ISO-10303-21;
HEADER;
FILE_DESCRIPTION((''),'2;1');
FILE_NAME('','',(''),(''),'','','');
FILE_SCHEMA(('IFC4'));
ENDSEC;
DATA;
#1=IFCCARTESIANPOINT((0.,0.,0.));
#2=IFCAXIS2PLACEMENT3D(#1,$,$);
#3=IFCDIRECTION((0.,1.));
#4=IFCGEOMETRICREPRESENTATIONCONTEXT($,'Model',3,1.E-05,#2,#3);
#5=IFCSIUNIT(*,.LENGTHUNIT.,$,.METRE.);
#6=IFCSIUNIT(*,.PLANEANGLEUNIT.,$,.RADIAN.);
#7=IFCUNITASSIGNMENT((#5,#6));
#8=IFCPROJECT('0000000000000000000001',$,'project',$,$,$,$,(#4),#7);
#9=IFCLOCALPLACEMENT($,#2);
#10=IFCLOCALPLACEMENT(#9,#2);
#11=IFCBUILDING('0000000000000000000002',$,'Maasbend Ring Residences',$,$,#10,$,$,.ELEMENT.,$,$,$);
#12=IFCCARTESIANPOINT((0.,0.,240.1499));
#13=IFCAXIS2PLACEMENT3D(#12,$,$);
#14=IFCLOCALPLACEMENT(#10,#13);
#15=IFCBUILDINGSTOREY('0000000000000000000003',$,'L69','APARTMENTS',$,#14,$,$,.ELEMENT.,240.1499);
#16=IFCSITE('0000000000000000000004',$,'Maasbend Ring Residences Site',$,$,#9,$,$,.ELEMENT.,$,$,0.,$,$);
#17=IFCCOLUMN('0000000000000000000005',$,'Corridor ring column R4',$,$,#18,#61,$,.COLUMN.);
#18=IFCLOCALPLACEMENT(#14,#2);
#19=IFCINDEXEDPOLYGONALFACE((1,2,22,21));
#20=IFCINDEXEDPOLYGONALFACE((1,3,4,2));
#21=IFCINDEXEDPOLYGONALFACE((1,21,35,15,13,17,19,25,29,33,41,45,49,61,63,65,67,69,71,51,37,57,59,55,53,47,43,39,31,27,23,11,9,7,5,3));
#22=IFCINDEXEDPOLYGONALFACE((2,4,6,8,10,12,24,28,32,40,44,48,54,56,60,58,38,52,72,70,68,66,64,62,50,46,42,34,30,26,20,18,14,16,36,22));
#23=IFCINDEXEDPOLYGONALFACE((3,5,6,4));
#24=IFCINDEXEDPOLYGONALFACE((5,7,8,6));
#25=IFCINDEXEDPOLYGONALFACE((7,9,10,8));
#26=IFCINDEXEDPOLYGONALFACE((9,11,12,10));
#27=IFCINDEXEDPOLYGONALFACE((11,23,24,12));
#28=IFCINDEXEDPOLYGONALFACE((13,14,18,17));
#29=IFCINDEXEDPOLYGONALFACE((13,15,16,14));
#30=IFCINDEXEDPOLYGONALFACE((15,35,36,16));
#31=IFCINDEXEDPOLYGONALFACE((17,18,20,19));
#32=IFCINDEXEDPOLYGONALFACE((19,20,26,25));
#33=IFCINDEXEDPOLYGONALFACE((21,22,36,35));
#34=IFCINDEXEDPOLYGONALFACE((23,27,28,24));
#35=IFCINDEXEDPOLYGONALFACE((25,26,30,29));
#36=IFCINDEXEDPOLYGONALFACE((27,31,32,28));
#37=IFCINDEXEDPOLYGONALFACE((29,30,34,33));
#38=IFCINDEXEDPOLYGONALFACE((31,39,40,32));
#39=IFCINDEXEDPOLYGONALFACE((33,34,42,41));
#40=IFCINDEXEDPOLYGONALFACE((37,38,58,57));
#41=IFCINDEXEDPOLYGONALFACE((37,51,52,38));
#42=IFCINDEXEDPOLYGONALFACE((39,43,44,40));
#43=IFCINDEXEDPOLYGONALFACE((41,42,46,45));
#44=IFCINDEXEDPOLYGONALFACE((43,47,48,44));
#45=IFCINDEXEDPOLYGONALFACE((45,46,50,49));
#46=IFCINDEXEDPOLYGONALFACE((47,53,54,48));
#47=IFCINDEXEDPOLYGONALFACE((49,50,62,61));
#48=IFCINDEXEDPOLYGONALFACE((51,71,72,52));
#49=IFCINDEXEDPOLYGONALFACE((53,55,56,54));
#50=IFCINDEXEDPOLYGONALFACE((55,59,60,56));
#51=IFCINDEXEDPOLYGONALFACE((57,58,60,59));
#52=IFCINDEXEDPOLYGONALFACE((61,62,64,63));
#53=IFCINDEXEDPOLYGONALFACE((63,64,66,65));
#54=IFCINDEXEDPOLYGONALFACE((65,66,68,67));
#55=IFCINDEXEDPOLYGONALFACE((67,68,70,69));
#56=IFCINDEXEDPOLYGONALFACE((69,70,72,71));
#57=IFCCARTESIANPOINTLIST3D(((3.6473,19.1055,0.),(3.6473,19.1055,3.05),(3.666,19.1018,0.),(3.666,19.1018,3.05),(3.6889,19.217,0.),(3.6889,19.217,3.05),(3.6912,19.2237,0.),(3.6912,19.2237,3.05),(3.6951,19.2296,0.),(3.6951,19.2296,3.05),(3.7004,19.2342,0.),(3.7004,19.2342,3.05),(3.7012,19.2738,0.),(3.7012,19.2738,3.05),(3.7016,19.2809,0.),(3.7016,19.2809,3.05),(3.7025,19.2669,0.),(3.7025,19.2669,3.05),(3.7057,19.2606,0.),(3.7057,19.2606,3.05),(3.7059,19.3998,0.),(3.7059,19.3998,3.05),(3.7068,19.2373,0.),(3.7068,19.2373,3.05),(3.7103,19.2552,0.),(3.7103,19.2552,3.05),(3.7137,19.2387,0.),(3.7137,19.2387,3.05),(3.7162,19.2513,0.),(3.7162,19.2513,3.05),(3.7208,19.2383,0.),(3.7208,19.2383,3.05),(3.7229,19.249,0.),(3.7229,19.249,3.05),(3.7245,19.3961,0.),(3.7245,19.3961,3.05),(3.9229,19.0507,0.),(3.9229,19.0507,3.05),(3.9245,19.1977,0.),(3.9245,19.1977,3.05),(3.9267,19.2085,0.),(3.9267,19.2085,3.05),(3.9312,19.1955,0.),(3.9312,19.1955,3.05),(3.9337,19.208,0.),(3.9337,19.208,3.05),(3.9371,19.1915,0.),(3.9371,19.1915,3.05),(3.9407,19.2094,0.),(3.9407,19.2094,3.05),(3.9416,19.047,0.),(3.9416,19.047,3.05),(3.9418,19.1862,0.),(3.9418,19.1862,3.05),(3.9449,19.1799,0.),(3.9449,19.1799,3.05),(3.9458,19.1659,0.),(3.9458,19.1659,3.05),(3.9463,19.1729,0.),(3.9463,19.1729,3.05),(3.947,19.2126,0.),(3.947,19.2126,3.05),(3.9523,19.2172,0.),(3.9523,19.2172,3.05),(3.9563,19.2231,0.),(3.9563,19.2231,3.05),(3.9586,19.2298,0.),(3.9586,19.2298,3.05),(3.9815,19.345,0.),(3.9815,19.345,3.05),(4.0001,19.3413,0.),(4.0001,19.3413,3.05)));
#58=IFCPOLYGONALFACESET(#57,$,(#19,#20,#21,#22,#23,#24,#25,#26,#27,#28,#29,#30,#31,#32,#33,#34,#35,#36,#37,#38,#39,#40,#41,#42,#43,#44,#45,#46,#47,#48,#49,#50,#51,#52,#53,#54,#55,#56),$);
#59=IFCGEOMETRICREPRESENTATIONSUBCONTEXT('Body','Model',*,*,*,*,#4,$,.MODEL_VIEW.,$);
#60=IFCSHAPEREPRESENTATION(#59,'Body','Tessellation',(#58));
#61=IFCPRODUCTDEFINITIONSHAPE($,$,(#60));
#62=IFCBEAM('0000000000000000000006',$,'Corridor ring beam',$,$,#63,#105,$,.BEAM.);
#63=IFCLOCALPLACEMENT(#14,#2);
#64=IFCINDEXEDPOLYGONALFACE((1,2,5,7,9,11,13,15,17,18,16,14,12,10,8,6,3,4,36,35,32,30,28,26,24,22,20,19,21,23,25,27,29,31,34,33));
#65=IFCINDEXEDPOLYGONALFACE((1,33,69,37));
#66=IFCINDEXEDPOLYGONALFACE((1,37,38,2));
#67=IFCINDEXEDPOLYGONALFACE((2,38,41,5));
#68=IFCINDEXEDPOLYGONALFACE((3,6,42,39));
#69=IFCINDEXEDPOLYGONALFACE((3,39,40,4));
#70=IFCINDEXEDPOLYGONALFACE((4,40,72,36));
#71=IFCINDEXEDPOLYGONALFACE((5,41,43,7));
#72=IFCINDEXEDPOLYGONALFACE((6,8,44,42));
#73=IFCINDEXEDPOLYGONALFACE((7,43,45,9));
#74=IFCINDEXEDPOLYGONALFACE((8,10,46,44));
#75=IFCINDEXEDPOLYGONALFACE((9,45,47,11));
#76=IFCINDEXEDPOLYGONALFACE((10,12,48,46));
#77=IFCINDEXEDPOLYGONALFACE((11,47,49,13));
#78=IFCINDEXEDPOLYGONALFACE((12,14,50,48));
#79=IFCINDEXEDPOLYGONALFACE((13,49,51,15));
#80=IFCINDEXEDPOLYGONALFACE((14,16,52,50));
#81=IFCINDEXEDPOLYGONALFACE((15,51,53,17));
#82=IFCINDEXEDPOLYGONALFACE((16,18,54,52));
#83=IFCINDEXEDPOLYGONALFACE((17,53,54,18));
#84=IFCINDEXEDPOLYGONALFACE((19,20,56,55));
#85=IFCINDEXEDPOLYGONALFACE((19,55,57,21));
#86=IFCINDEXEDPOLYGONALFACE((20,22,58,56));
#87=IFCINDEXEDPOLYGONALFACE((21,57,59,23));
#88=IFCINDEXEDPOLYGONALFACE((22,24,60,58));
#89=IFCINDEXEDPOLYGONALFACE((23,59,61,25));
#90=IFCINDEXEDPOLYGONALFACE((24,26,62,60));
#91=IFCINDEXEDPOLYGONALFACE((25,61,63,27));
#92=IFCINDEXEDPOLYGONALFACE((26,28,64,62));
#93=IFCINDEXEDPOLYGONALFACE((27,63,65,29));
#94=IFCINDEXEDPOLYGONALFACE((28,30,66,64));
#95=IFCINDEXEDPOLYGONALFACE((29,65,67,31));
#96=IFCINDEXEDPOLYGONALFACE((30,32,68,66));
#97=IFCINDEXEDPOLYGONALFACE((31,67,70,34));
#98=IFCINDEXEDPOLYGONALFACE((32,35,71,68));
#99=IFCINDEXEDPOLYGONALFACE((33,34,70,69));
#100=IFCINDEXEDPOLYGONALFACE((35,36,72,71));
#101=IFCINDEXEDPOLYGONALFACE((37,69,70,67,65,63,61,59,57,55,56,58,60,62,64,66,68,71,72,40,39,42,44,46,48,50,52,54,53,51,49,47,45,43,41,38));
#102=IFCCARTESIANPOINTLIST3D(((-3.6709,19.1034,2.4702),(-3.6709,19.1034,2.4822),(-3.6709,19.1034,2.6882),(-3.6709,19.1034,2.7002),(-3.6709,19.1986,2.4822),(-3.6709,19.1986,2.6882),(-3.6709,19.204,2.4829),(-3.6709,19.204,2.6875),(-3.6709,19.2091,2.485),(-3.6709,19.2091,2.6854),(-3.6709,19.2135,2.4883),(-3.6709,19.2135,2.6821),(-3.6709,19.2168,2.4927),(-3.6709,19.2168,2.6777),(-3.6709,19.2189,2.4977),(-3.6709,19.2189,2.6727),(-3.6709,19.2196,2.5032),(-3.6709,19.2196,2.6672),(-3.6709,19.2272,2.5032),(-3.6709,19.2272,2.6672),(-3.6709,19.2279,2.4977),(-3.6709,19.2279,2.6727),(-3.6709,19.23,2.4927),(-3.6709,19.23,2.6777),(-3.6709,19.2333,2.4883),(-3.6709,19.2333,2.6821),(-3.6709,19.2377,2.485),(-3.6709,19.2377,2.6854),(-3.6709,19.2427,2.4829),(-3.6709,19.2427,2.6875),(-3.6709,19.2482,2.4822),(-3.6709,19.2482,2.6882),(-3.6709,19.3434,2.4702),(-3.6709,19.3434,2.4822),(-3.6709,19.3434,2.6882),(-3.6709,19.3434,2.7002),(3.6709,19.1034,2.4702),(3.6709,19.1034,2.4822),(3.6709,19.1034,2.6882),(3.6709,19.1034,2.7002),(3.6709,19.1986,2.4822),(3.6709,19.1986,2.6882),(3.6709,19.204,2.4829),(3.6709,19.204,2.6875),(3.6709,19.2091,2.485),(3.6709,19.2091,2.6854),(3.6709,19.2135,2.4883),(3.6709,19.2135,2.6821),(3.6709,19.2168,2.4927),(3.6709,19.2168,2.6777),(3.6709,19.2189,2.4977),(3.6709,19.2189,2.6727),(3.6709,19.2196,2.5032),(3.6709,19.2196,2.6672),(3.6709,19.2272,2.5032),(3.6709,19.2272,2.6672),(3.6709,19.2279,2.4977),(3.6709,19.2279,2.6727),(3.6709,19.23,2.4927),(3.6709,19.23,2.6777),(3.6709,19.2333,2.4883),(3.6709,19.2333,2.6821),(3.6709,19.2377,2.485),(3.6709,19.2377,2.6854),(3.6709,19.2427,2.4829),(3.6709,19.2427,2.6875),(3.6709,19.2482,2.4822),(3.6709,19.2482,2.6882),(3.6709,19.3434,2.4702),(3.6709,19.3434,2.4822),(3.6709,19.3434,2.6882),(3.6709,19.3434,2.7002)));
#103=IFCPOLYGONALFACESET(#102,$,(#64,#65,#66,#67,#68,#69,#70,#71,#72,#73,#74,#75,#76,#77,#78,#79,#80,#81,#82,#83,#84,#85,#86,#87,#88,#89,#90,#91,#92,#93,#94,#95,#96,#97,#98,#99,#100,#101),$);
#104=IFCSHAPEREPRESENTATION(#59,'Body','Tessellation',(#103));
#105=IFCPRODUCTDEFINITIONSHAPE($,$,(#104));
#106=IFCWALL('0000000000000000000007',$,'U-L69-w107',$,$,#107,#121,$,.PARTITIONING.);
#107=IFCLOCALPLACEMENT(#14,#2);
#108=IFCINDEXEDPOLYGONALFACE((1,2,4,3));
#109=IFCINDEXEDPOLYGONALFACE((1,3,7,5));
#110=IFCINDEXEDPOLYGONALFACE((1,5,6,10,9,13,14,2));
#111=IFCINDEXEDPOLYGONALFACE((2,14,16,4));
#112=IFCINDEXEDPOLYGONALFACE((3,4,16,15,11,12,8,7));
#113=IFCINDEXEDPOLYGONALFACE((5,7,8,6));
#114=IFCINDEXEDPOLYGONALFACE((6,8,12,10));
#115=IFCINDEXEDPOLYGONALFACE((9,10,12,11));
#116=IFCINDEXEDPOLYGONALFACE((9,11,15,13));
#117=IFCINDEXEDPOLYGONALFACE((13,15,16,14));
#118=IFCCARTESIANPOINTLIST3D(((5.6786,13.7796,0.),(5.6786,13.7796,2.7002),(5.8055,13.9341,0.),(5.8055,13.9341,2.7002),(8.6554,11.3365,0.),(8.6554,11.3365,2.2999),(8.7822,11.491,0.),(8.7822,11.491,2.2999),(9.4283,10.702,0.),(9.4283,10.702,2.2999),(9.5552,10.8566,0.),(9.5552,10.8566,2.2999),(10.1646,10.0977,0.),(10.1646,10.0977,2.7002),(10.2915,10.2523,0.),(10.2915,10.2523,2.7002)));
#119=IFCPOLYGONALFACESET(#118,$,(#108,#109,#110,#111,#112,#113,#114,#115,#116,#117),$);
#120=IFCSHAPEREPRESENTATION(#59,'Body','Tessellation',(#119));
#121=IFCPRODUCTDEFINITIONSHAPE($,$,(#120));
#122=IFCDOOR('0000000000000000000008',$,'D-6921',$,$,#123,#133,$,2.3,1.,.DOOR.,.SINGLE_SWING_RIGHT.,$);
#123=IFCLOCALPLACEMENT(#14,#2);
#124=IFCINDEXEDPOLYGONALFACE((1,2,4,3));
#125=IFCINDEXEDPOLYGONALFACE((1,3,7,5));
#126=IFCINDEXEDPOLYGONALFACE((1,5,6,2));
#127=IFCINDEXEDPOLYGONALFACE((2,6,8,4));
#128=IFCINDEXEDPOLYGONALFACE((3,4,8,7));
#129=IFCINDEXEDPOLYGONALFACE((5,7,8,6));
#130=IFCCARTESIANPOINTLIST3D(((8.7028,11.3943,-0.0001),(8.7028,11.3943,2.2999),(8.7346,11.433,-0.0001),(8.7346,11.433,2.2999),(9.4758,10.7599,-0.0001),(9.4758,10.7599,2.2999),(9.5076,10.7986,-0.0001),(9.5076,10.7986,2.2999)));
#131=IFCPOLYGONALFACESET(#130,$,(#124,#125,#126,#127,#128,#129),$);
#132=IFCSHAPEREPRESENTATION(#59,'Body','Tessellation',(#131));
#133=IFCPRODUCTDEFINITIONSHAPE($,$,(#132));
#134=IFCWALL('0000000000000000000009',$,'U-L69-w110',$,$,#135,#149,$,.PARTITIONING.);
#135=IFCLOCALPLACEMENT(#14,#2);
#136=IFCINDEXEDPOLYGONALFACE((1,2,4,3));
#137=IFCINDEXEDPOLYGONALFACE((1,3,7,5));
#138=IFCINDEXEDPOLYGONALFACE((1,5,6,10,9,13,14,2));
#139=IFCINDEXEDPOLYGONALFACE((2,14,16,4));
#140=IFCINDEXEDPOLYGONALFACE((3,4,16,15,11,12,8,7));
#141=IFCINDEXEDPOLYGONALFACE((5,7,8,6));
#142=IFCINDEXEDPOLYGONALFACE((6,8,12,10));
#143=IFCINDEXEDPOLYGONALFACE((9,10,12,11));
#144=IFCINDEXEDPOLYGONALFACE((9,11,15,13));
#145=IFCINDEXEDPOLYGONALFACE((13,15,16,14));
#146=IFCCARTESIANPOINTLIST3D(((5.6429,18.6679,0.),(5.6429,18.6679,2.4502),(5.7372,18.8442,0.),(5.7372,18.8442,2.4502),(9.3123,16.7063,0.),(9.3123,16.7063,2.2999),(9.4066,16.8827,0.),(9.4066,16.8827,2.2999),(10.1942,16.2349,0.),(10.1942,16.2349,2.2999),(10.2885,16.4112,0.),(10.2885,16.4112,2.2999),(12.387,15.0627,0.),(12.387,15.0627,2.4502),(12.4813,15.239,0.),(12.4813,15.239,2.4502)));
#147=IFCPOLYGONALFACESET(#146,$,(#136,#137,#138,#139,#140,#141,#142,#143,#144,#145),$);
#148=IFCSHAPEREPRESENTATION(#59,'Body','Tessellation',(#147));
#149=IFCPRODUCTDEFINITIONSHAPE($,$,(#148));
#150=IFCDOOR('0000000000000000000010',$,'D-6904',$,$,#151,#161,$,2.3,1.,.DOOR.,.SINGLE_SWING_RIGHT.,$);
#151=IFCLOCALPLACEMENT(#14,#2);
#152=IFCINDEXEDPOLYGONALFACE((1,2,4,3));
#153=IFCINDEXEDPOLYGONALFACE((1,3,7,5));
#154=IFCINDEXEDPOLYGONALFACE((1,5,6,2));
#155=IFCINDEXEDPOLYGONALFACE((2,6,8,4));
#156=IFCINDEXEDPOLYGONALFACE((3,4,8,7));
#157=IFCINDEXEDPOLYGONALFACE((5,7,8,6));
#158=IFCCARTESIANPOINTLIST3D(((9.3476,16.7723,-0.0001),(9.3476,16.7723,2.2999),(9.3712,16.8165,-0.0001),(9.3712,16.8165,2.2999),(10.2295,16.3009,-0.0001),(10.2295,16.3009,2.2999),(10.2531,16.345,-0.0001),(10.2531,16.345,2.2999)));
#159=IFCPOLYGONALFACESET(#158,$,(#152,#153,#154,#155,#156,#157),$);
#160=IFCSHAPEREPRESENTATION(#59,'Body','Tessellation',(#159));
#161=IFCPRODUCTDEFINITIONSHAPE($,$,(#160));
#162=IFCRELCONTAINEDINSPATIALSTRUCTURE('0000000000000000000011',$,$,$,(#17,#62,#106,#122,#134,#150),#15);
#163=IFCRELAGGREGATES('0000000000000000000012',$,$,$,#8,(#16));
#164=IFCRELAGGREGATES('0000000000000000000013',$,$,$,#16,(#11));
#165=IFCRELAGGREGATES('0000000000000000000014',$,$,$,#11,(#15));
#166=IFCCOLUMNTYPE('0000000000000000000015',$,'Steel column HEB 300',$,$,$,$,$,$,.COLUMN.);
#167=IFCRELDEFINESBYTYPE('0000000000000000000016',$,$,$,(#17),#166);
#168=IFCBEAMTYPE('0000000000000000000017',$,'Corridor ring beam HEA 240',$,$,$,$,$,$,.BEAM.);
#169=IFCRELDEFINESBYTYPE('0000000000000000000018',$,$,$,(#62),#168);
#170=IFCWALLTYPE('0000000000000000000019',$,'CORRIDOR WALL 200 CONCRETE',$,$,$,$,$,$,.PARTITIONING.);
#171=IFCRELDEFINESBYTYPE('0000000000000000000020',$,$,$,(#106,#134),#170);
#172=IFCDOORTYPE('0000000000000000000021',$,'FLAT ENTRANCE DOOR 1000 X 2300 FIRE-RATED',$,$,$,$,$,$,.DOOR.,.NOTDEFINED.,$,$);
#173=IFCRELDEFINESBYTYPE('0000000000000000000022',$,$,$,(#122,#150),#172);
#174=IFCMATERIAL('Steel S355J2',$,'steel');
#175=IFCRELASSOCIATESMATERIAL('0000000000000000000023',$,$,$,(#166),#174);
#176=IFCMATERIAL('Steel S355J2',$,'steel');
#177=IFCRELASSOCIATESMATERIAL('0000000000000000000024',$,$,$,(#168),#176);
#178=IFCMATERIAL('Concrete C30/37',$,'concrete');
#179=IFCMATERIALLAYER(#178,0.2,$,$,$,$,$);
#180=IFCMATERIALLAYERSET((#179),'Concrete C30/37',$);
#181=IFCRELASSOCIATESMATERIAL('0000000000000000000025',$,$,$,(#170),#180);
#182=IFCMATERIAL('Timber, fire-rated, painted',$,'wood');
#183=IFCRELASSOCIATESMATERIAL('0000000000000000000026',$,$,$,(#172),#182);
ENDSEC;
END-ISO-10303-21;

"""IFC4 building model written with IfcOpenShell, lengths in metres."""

from ifc_helpers import new_model, si_unit, direction, frame, frame_2d, origin, origin_2d, place, context, subcontext, project, spatial, rectangle, i_section, extrude, material, layer, layer_set, material_profile, profile_set, type_object, element, fill, save


model = new_model("IFC4")

# Units and contexts
model_context = context("Model", 3, precision=1e-05, world=origin(), true_north=direction((0.0, 1.0)))
body_context = subcontext(model_context, "Body", "Model", "MODEL_VIEW")
ifc_project = project(units=[si_unit("LENGTHUNIT", "METRE"), si_unit("PLANEANGLEUNIT", "RADIAN")], contexts=[model_context])

# Site, building, storey
site_placement = place(None, origin())
site = spatial("IfcSite", under=ifc_project, at=site_placement, Name="Maasbend Ring Residences Site", CompositionType="ELEMENT", RefElevation=0.0)
building_placement = place(site_placement, origin())
building = spatial("IfcBuilding", under=site, at=building_placement, Name="Maasbend Ring Residences", CompositionType="ELEMENT")
storey_placement = place(building_placement, frame((0.0, 0.0, 240.1499)))
storey = spatial("IfcBuildingStorey", under=building, at=storey_placement, Name="L69", Description="APARTMENTS", CompositionType="ELEMENT", Elevation=240.1499)

# Column
ifc_material_1 = material(Name="Steel S355J2", Category="steel")
ifc_material_profile_1 = material_profile(ifc_material_1, i_section(OverallWidth=0.3, OverallDepth=0.3, WebThickness=0.011, FlangeThickness=0.019, FilletRadius=0.0271, at=origin_2d()), Name="HEB 300")
ifc_profile_set_1 = profile_set([ifc_material_profile_1], Name="Steel S355J2")
column_type = type_object("IfcColumnType", Name="Steel column HEB 300", PredefinedType="COLUMN", material=ifc_profile_set_1)
column_placement = place(storey_placement, frame((3.8237, 19.2234, 0.0), z_axis=(0.0, 0.0, 1.0), x_axis=(0.19509, 0.980785, 0.0)))
element("IfcColumn", 1, at=column_placement, inside=storey, type_object=column_type, Name="Corridor ring column R4", PredefinedType="COLUMN", context=body_context, shape_type="SweptSolid", body=[
    extrude(i_section(OverallWidth=0.3, OverallDepth=0.3, WebThickness=0.011, FlangeThickness=0.019, FilletRadius=0.0271, at=origin_2d()), origin(), (0.0, 0.0, 1.0), 3.05),
])

# Beam
ifc_material_2 = material(Name="Steel S355J2", Category="steel")
ifc_material_profile_2 = material_profile(ifc_material_2, i_section(OverallWidth=0.24, OverallDepth=0.23, WebThickness=0.0076, FlangeThickness=0.012, FilletRadius=0.021, at=origin_2d()), Name="HEA 240")
ifc_profile_set_2 = profile_set([ifc_material_profile_2], Name="Steel S355J2")
beam_type = type_object("IfcBeamType", Name="Corridor ring beam HEA 240", PredefinedType="BEAM", material=ifc_profile_set_2)
beam_placement = place(storey_placement, frame((3.6709, 19.2234, 2.5852), z_axis=(-1.0, 0.0, 0.0), x_axis=(0.0, -1.0, 0.0)))
element("IfcBeam", 2, at=beam_placement, inside=storey, type_object=beam_type, Name="Corridor ring beam", PredefinedType="BEAM", context=body_context, shape_type="SweptSolid", body=[
    extrude(i_section(OverallWidth=0.24, OverallDepth=0.23, WebThickness=0.0076, FlangeThickness=0.012, FilletRadius=0.021, at=origin_2d()), origin(), (0.0, 0.0, 1.0), 7.3418),
])

# Walls, openings, doors
ifc_material_3 = material(Name="Concrete C30/37", Category="concrete")
ifc_layer_1 = layer(ifc_material_3, 0.2)
ifc_layer_set_1 = layer_set([ifc_layer_1], Name="Concrete C30/37")
wall_type_1 = type_object("IfcWallType", Name="CORRIDOR WALL 200 CONCRETE", PredefinedType="PARTITIONING", material=ifc_layer_set_1)
wall_1_placement = place(storey_placement, frame((5.7419, 13.8569, 0.0), z_axis=(0.0, 0.0, 1.0), x_axis=(0.772989, -0.634419, 0.0)))
wall_1 = element("IfcWall", 3, at=wall_1_placement, inside=storey, type_object=wall_type_1, Name="U-L69-w107", PredefinedType="PARTITIONING", context=body_context, shape_type="SweptSolid", body=[
    extrude(rectangle(XDim=5.8035, YDim=0.2, at=frame_2d((2.9019, 0.0))), origin(), (0.0, 0.0, 1.0), 2.7002),
])
opening_1_placement = place(wall_1_placement, frame((3.8511, 0.0, 0.0)))
opening_1 = element("IfcOpeningElement", 4, at=opening_1_placement, cuts=wall_1, PredefinedType="OPENING", context=body_context, shape_type="SweptSolid", body=[
    extrude(rectangle(XDim=1.0, YDim=2.3, at=frame_2d((0.5, 1.1499))), frame((0.0, 0.1099, 0.0), z_axis=(0.0, -1.0, 0.0), x_axis=(1.0, 0.0, 0.0)), (0.0, 0.0, 1.0), 0.22),
])
ifc_material_4 = material(Name="Timber, fire-rated, painted", Category="wood")
door_type_1 = type_object("IfcDoorType", Name="FLAT ENTRANCE DOOR 1000 X 2300 FIRE-RATED", OperationType="NOTDEFINED", PredefinedType="DOOR", material=ifc_material_4)
door_1_placement = place(opening_1_placement, origin())
door_1 = element("IfcDoor", 5, at=door_1_placement, inside=storey, type_object=door_type_1, Name="D-6921", OperationType="SINGLE_SWING_RIGHT", OverallHeight=2.3, OverallWidth=1.0, PredefinedType="DOOR", context=body_context, shape_type="SweptSolid", body=[
    extrude(rectangle(XDim=1.0, YDim=2.3, at=frame_2d((0.5, 1.1499))), frame((0.0, 0.0249, 0.0), z_axis=(0.0, -1.0, 0.0), x_axis=(1.0, 0.0, 0.0)), (0.0, 0.0, 1.0), 0.05),
])
fill(opening_1, door_1)
wall_2_placement = place(storey_placement, frame((5.6899, 18.7561, 0.0), z_axis=(0.0, 0.0, 1.0), x_axis=(0.881899, -0.471438, 0.0)))
wall_2 = element("IfcWall", 6, at=wall_2_placement, inside=storey, type_object=wall_type_1, Name="U-L69-w110", PredefinedType="PARTITIONING", context=body_context, shape_type="SweptSolid", body=[
    extrude(rectangle(XDim=7.6472, YDim=0.2, at=frame_2d((3.8237, 0.0))), origin(), (0.0, 0.0, 1.0), 2.4502),
])
opening_2_placement = place(wall_2_placement, frame((4.1609, 0.0, 0.0)))
opening_2 = element("IfcOpeningElement", 7, at=opening_2_placement, cuts=wall_2, PredefinedType="OPENING", context=body_context, shape_type="SweptSolid", body=[
    extrude(rectangle(XDim=1.0, YDim=2.3, at=frame_2d((0.5, 1.1499))), frame((0.0, 0.1099, 0.0), z_axis=(0.0, -1.0, 0.0), x_axis=(1.0, 0.0, 0.0)), (0.0, 0.0, 1.0), 0.22),
])
door_2_placement = place(opening_2_placement, origin())
door_2 = element("IfcDoor", 8, at=door_2_placement, inside=storey, type_object=door_type_1, Name="D-6904", OperationType="SINGLE_SWING_RIGHT", OverallHeight=2.3, OverallWidth=1.0, PredefinedType="DOOR", context=body_context, shape_type="SweptSolid", body=[
    extrude(rectangle(XDim=1.0, YDim=2.3, at=frame_2d((0.5, 1.1499))), frame((0.0, 0.0249, 0.0), z_axis=(0.0, -1.0, 0.0), x_axis=(1.0, 0.0, 0.0)), (0.0, 0.0, 1.0), 0.05),
])
fill(opening_2, door_2)

save(model, "model.ifc")
